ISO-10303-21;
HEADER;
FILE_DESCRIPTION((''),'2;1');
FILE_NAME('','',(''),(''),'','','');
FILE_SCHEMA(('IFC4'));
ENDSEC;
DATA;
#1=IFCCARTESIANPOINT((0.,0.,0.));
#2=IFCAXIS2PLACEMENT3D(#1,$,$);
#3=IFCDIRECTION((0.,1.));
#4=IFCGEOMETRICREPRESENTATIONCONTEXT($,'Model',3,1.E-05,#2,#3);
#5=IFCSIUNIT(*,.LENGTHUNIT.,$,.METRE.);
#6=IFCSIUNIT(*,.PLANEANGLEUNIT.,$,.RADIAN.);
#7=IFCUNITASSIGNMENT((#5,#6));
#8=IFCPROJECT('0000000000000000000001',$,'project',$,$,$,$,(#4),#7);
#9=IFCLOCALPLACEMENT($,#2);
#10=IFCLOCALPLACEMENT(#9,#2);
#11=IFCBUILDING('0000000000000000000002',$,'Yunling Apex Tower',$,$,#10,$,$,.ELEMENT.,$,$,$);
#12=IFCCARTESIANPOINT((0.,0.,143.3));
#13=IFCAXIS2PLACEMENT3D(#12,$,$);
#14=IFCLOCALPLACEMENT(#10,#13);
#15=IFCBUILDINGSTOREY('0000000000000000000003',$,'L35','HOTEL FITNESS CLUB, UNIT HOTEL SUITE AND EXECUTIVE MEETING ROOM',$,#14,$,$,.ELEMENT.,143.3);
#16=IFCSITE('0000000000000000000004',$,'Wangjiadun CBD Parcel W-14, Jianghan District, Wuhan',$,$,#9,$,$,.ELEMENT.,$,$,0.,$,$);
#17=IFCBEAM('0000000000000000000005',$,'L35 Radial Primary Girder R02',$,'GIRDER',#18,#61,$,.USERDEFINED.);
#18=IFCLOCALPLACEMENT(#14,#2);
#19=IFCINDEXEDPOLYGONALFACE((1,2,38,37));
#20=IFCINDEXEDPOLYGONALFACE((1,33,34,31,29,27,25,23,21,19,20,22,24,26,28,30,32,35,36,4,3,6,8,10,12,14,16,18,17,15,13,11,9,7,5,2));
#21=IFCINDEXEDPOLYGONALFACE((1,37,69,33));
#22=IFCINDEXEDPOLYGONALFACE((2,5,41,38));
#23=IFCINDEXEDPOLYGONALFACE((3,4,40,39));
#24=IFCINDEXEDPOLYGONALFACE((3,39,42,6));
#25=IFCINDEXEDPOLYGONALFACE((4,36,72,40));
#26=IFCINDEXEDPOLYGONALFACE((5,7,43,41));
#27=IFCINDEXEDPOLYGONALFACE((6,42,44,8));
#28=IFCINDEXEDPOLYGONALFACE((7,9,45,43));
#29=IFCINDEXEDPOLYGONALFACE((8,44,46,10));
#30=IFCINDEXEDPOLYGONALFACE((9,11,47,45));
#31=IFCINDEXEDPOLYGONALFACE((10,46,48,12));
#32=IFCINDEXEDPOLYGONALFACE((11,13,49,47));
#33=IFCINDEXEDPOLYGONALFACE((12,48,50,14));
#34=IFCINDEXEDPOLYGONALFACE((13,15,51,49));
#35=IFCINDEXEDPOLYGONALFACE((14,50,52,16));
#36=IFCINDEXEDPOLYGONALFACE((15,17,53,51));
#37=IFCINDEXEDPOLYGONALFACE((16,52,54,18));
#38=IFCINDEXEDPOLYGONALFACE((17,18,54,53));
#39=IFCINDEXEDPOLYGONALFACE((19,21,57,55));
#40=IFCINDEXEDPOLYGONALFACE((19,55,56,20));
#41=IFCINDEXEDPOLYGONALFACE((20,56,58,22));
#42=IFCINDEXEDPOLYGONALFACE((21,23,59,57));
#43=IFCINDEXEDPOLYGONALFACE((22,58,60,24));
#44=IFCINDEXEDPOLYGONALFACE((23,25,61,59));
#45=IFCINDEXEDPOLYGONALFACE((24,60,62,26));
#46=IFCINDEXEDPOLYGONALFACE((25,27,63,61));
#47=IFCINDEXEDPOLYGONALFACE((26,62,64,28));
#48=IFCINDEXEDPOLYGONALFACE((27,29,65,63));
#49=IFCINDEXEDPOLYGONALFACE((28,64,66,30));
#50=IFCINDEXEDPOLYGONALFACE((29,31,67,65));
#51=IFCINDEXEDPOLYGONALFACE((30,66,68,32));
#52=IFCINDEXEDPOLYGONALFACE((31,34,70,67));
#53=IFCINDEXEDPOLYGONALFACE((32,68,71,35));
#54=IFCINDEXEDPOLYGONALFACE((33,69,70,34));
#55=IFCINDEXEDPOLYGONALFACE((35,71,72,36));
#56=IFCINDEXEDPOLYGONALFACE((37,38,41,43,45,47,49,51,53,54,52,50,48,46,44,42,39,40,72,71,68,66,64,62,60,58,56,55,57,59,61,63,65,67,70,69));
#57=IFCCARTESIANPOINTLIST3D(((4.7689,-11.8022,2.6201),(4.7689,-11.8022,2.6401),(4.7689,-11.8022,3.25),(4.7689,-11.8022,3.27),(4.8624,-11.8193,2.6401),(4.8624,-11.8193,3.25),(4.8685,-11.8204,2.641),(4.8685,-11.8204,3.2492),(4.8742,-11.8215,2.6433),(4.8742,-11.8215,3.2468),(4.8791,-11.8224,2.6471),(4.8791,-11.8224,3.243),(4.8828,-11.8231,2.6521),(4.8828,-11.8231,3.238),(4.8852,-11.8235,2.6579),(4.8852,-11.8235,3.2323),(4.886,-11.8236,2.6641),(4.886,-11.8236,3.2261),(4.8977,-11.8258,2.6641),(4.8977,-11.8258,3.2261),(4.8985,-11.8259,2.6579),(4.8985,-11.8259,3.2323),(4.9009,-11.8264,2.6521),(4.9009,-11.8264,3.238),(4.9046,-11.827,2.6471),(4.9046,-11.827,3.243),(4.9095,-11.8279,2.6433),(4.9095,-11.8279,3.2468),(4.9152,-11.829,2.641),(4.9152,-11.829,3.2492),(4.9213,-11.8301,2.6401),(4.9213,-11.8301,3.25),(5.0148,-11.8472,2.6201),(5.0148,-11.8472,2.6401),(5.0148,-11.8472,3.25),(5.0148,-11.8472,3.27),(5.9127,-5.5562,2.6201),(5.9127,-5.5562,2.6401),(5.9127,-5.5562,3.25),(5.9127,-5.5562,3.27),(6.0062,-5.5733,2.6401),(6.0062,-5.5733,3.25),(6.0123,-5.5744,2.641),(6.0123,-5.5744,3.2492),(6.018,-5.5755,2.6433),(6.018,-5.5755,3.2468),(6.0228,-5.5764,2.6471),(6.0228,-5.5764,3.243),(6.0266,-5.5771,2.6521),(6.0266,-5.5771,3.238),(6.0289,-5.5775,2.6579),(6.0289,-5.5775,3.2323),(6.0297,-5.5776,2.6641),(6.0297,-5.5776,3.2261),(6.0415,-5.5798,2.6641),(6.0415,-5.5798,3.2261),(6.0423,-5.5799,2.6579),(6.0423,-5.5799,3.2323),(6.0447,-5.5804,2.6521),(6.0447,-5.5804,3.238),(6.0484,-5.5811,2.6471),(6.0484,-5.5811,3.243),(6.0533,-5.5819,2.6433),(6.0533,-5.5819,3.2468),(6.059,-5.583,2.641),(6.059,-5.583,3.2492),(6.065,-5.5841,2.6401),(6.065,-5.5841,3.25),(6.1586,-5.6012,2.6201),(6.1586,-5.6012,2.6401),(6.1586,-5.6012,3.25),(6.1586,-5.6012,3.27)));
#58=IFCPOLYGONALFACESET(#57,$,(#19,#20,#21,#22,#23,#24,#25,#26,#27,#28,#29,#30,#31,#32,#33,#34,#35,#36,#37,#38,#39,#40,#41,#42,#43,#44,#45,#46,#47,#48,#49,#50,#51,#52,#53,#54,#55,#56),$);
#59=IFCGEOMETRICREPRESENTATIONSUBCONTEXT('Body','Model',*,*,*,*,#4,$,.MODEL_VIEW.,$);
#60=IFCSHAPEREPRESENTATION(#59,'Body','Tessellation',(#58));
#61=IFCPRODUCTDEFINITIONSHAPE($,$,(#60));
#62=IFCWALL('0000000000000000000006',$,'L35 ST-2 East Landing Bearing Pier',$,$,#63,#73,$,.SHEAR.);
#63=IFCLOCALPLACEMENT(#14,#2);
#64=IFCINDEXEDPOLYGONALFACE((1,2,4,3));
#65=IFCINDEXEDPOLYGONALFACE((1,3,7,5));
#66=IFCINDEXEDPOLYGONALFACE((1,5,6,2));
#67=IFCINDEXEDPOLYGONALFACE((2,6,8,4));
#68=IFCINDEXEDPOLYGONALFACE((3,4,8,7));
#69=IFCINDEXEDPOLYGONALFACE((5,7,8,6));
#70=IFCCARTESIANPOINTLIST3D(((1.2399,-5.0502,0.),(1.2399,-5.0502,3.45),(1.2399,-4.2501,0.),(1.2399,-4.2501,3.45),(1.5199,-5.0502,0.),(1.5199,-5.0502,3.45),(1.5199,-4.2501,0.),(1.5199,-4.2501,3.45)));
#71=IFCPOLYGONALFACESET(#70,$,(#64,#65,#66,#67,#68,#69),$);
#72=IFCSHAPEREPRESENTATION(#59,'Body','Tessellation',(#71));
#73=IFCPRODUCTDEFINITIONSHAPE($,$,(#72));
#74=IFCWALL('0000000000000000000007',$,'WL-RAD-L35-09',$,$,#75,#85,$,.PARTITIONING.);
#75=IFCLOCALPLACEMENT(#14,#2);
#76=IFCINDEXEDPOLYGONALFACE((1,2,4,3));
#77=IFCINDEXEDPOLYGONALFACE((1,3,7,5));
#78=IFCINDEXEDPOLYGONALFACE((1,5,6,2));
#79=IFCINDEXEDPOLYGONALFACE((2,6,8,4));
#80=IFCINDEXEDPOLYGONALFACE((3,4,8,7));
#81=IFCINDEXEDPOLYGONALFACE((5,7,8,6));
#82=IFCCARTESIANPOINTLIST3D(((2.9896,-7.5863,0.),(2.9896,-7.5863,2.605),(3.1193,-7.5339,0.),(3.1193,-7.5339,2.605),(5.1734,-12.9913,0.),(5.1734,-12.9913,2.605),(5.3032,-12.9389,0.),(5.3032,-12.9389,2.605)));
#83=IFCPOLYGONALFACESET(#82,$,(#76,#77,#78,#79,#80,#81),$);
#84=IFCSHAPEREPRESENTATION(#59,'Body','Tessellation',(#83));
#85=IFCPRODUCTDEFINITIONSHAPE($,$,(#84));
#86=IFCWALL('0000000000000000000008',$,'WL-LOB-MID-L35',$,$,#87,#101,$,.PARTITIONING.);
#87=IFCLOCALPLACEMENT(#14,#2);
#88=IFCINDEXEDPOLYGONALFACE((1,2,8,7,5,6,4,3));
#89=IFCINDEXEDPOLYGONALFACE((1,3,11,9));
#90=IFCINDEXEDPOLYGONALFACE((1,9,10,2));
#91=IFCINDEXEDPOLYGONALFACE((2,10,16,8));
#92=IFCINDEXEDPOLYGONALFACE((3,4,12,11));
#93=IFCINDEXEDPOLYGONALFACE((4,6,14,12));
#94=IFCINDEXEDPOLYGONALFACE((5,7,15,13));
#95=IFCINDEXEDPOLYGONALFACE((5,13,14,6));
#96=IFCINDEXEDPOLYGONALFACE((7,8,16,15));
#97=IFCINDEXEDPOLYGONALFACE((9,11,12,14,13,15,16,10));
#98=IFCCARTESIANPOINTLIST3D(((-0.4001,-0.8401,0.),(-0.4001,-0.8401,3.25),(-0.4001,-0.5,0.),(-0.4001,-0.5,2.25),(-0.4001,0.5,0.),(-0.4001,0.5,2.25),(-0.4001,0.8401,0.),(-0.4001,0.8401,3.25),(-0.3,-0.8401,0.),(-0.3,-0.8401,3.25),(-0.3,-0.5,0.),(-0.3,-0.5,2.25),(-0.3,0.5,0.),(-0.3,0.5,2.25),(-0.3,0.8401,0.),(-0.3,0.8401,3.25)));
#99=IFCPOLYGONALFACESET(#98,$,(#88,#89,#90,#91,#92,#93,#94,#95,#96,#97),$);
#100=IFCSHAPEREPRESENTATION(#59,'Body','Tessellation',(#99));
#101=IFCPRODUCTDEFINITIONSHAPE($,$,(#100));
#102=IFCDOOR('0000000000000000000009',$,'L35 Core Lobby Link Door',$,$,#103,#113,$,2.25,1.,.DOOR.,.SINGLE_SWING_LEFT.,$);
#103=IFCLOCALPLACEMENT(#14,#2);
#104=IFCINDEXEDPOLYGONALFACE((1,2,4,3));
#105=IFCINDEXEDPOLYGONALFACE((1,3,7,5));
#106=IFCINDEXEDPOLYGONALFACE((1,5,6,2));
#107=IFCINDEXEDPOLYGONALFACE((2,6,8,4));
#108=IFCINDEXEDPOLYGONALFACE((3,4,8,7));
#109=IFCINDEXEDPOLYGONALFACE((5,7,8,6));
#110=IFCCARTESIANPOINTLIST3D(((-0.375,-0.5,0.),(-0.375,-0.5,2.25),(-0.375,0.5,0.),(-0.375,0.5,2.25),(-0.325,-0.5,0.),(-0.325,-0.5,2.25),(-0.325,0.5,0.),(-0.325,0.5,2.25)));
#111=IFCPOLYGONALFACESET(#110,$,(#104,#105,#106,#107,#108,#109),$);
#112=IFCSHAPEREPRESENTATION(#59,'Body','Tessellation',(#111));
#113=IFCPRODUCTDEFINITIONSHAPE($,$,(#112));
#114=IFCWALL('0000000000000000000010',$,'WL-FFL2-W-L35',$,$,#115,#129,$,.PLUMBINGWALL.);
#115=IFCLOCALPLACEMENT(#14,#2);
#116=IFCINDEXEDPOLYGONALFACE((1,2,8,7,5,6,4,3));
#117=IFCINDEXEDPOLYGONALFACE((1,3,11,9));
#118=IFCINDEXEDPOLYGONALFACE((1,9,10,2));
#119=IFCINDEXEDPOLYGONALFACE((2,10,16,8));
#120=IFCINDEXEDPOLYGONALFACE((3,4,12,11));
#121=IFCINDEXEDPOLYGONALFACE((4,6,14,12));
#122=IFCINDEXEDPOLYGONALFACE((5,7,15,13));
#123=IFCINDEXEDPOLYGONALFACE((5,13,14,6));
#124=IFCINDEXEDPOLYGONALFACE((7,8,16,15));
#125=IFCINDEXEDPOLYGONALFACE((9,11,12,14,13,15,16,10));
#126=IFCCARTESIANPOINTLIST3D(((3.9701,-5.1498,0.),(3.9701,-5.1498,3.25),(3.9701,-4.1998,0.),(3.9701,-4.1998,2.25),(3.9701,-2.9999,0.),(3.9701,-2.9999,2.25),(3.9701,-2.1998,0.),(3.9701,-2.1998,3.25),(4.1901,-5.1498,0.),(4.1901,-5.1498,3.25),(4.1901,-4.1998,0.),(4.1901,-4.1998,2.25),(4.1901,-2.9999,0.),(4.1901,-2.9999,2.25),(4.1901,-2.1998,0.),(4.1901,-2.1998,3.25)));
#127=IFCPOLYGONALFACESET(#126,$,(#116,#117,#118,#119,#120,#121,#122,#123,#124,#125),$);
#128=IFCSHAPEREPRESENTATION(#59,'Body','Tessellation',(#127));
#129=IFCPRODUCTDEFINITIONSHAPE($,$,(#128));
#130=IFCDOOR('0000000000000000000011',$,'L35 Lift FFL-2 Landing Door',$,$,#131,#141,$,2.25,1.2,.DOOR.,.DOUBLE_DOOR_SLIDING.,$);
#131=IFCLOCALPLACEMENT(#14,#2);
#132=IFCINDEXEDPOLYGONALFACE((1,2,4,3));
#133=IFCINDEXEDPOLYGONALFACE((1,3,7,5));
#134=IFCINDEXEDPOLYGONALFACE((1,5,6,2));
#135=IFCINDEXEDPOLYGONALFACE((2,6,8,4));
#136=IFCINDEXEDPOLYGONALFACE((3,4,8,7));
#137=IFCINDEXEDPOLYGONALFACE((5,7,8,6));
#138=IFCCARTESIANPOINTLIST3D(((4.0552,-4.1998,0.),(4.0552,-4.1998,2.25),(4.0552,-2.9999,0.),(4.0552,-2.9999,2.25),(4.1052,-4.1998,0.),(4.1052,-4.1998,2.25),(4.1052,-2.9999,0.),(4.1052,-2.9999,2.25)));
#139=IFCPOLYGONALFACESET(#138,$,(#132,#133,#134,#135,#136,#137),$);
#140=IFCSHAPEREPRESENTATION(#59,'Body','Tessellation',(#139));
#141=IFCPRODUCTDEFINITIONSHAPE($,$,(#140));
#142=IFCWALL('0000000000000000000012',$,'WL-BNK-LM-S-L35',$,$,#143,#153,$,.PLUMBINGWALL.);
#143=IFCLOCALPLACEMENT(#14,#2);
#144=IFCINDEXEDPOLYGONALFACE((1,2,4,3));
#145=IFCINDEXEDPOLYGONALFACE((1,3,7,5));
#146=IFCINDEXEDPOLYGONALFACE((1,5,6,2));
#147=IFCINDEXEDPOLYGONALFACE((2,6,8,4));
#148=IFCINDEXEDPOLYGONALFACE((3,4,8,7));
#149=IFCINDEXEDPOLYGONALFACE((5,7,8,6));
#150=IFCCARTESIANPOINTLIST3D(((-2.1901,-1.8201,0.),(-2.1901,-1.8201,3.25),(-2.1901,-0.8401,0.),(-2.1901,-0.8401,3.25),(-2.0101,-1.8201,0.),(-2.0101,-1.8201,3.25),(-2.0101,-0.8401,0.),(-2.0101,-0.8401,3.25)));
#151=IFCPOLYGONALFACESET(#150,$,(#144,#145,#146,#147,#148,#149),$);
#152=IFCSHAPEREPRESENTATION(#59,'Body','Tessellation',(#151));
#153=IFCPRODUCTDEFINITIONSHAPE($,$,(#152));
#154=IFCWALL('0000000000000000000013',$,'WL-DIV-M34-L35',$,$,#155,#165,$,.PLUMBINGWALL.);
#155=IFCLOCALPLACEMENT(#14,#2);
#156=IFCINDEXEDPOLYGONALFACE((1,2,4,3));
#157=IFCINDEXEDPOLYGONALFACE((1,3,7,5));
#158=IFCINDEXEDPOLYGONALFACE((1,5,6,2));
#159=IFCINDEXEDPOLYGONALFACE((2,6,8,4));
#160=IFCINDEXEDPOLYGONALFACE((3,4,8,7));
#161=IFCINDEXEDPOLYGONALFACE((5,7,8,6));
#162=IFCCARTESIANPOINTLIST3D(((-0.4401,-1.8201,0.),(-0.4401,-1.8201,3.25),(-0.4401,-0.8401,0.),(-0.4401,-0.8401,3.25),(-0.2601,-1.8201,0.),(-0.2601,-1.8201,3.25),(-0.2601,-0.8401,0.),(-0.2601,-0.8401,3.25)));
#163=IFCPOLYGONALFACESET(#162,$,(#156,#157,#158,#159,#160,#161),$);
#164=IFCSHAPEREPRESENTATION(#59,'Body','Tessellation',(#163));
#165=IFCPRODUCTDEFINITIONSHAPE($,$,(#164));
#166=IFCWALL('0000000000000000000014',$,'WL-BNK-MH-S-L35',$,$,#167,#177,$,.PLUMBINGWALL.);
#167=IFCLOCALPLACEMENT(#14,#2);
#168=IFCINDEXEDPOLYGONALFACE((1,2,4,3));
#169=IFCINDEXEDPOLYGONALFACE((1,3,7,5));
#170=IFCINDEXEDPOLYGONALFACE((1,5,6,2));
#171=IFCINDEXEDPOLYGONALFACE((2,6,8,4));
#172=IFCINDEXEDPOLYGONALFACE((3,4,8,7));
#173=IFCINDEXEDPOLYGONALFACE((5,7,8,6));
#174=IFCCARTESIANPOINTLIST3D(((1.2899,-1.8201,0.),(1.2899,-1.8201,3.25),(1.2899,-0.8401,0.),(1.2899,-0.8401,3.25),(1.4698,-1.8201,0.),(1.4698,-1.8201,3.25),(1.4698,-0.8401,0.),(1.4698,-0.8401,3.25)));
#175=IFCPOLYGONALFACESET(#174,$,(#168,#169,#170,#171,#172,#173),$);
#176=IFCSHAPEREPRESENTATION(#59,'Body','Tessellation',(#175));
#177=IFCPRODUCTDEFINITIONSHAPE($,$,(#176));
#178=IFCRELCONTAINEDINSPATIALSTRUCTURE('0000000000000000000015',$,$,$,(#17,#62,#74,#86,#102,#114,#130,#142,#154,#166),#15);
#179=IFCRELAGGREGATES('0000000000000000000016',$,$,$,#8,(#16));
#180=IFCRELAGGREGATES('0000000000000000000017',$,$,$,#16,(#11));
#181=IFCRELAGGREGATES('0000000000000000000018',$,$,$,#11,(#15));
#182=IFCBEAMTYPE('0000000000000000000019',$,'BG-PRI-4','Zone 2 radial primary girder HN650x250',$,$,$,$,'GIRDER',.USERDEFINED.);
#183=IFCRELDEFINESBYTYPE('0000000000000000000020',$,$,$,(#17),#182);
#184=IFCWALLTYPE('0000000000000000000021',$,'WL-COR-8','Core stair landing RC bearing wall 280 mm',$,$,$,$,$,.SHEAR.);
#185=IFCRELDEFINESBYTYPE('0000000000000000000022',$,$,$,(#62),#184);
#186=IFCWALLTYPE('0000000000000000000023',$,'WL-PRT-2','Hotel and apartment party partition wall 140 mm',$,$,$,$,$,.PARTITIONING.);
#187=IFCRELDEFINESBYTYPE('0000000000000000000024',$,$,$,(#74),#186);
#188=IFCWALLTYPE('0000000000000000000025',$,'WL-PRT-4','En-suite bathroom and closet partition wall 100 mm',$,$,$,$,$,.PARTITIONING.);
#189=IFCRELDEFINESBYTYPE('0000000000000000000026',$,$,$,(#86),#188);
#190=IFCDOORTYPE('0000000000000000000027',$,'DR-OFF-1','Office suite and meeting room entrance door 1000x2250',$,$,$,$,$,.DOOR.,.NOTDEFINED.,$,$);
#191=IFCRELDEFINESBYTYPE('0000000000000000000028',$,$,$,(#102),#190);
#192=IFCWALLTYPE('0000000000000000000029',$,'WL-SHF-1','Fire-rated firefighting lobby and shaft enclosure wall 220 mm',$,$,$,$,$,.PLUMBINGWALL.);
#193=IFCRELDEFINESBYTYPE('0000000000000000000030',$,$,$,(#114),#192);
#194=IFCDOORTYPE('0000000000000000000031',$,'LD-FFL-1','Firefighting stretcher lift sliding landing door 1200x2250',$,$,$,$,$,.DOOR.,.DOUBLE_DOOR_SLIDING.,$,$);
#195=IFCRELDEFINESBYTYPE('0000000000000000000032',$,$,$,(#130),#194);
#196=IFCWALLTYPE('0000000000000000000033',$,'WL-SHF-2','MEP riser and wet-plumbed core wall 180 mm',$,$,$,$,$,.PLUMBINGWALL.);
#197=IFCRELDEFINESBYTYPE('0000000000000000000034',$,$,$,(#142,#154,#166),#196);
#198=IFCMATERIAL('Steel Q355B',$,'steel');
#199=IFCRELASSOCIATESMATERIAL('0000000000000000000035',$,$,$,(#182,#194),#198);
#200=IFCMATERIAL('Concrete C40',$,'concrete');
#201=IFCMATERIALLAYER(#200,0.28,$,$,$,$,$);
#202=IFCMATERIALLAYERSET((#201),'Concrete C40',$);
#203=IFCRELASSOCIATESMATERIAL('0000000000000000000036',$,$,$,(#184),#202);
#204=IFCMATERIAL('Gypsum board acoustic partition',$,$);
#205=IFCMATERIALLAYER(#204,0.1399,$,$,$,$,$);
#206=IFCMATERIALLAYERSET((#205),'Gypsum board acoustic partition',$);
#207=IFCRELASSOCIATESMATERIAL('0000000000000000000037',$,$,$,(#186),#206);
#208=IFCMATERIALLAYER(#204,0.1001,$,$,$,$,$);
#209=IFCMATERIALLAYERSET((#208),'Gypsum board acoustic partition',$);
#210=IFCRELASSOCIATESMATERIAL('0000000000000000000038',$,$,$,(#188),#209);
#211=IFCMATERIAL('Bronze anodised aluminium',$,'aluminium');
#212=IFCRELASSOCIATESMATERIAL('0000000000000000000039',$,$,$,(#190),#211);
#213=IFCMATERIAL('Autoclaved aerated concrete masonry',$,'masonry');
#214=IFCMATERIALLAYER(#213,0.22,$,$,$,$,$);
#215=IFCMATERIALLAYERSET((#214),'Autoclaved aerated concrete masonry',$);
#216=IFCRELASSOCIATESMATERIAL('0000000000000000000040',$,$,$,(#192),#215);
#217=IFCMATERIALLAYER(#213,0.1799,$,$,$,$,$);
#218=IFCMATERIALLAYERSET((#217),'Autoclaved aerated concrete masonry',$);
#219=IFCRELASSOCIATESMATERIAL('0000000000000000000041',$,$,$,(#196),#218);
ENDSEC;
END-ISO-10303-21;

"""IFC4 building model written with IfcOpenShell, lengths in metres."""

from ifc_helpers import new_model, si_unit, direction, frame, frame_2d, origin, origin_2d, place, context, subcontext, project, spatial, rectangle, i_section, extrude, source, transform, mapped, material, layer, layer_set, material_profile, profile_set, type_object, element, fill, save


model = new_model("IFC4")

# Units and contexts
model_context = context("Model", 3, precision=1e-05, world=origin(), true_north=direction((0.0, 1.0)))
body_context = subcontext(model_context, "Body", "Model", "MODEL_VIEW")
ifc_project = project(units=[si_unit("LENGTHUNIT", "METRE"), si_unit("PLANEANGLEUNIT", "RADIAN")], contexts=[model_context])

# Site, building, storey
site_placement = place(None, origin())
site = spatial("IfcSite", under=ifc_project, at=site_placement, Name="Wangjiadun CBD Parcel W-14, Jianghan District, Wuhan", CompositionType="ELEMENT", RefElevation=0.0)
building_placement = place(site_placement, origin())
building = spatial("IfcBuilding", under=site, at=building_placement, Name="Yunling Apex Tower", CompositionType="ELEMENT")
storey_placement = place(building_placement, frame((0.0, 0.0, 143.3)))
storey = spatial("IfcBuildingStorey", under=building, at=storey_placement, Name="L35", Description="HOTEL FITNESS CLUB, UNIT HOTEL SUITE AND EXECUTIVE MEETING ROOM", CompositionType="ELEMENT", Elevation=143.3)

# Beam
ifc_material_1 = material(Name="Steel Q355B", Category="steel")
ifc_material_profile = material_profile(ifc_material_1, i_section(OverallWidth=0.25, OverallDepth=0.6499, WebThickness=0.012, FlangeThickness=0.02, FilletRadius=0.0239, at=origin_2d()))
ifc_profile_set = profile_set([ifc_material_profile], Name="Steel Q355B")
beam_type = type_object("IfcBeamType", Name="BG-PRI-4", Description="Zone 2 radial primary girder HN650x250", ElementType="GIRDER", PredefinedType="USERDEFINED", material=ifc_profile_set)
shared_shape = source(origin(), body_context, "Body", "SweptSolid", [
    extrude(i_section(OverallWidth=0.25, OverallDepth=0.6499, WebThickness=0.012, FlangeThickness=0.02, FilletRadius=0.0239, at=origin_2d()), origin(), (0.0, 0.0, 1.0), 6.3499),
])
beam_placement = place(storey_placement, frame((4.8918, -11.8247, 2.9451), z_axis=(0.180127, 0.983643, 0.0), x_axis=(-0.983643, 0.180127, 0.0)))
element("IfcBeam", 1, at=beam_placement, inside=storey, type_object=beam_type, Name="L35 Radial Primary Girder R02", ObjectType="GIRDER", PredefinedType="USERDEFINED", context=body_context, shape_type="MappedRepresentation", body=[
    mapped(shared_shape, transform((0.0, 0.0, 0.0), scale=1.0)),
])

# Walls
ifc_material_2 = material(Name="Concrete C40", Category="concrete")
ifc_layer_1 = layer(ifc_material_2, 0.28)
ifc_layer_set_1 = layer_set([ifc_layer_1], Name="Concrete C40")
wall_type_1 = type_object("IfcWallType", Name="WL-COR-8", Description="Core stair landing RC bearing wall 280 mm", PredefinedType="SHEAR", material=ifc_layer_set_1)
wall_1_placement = place(storey_placement, frame((1.3799, -5.05, 0.0), z_axis=(0.0, 0.0, 1.0), x_axis=(0.0, 1.0, 0.0)))
element("IfcWall", 2, at=wall_1_placement, inside=storey, type_object=wall_type_1, Name="L35 ST-2 East Landing Bearing Pier", PredefinedType="SHEAR", context=body_context, shape_type="SweptSolid", body=[
    extrude(rectangle(XDim=0.8, YDim=0.28, at=frame_2d((0.3999, 0.0))), origin(), (0.0, 0.0, 1.0), 3.45),
])
ifc_material_3 = material(Name="Gypsum board acoustic partition")
ifc_layer_2 = layer(ifc_material_3, 0.1399)
ifc_layer_set_2 = layer_set([ifc_layer_2], Name="Gypsum board acoustic partition")
wall_type_2 = type_object("IfcWallType", Name="WL-PRT-2", Description="Hotel and apartment party partition wall 140 mm", PredefinedType="PARTITIONING", material=ifc_layer_set_2)
wall_2_placement = place(storey_placement, frame((3.0544, -7.5601, 0.0), z_axis=(0.0, 0.0, 1.0), x_axis=(0.374616, -0.92718, 0.0)))
element("IfcWall", 3, at=wall_2_placement, inside=storey, type_object=wall_type_2, Name="WL-RAD-L35-09", PredefinedType="PARTITIONING", context=body_context, shape_type="SweptSolid", body=[
    extrude(rectangle(XDim=5.8296, YDim=0.1399, at=frame_2d((2.9148, 0.0))), origin(), (0.0, 0.0, 1.0), 2.605),
])

# Walls, openings, doors
ifc_layer_3 = layer(ifc_material_3, 0.1001)
ifc_layer_set_3 = layer_set([ifc_layer_3], Name="Gypsum board acoustic partition")
wall_type_3 = type_object("IfcWallType", Name="WL-PRT-4", Description="En-suite bathroom and closet partition wall 100 mm", PredefinedType="PARTITIONING", material=ifc_layer_set_3)
wall_3_placement = place(storey_placement, frame((-0.3501, -0.8401, 0.0), z_axis=(0.0, 0.0, 1.0), x_axis=(0.0, 1.0, 0.0)))
wall_3 = element("IfcWall", 4, at=wall_3_placement, inside=storey, type_object=wall_type_3, Name="WL-LOB-MID-L35", PredefinedType="PARTITIONING", context=body_context, shape_type="SweptSolid", body=[
    extrude(rectangle(XDim=1.6802, YDim=0.1001, at=frame_2d((0.8401, 0.0))), origin(), (0.0, 0.0, 1.0), 3.25),
])
opening_1_placement = place(wall_3_placement, frame((0.3401, 0.0, 0.0)))
opening_1 = element("IfcOpeningElement", 5, at=opening_1_placement, cuts=wall_3, PredefinedType="OPENING", context=body_context, shape_type="SweptSolid", body=[
    extrude(rectangle(XDim=1.0, YDim=2.25, at=frame_2d((0.5, 1.125))), frame((0.0, 0.0601, 0.0), z_axis=(0.0, -1.0, 0.0), x_axis=(1.0, 0.0, 0.0)), (0.0, 0.0, 1.0), 0.1201),
])
ifc_material_4 = material(Name="Bronze anodised aluminium", Category="aluminium")
door_type_1 = type_object("IfcDoorType", Name="DR-OFF-1", Description="Office suite and meeting room entrance door 1000x2250", OperationType="NOTDEFINED", PredefinedType="DOOR", material=ifc_material_4)
door_1_placement = place(opening_1_placement, origin())
door_1 = element("IfcDoor", 6, at=door_1_placement, inside=storey, type_object=door_type_1, Name="L35 Core Lobby Link Door", OperationType="SINGLE_SWING_LEFT", OverallHeight=2.25, OverallWidth=1.0, PredefinedType="DOOR", context=body_context, shape_type="SweptSolid", body=[
    extrude(rectangle(XDim=1.0, YDim=2.25, at=frame_2d((0.5, 1.125))), frame((0.0, 0.0249, 0.0), z_axis=(0.0, -1.0, 0.0), x_axis=(1.0, 0.0, 0.0)), (0.0, 0.0, 1.0), 0.05),
])
fill(opening_1, door_1)
ifc_material_5 = material(Name="Autoclaved aerated concrete masonry", Category="masonry")
ifc_layer_4 = layer(ifc_material_5, 0.22)
ifc_layer_set_4 = layer_set([ifc_layer_4], Name="Autoclaved aerated concrete masonry")
wall_type_4 = type_object("IfcWallType", Name="WL-SHF-1", Description="Fire-rated firefighting lobby and shaft enclosure wall 220 mm", PredefinedType="PLUMBINGWALL", material=ifc_layer_set_4)
wall_4_placement = place(storey_placement, frame((4.0801, -5.1499, 0.0), z_axis=(0.0, 0.0, 1.0), x_axis=(0.0, 1.0, 0.0)))
wall_4 = element("IfcWall", 7, at=wall_4_placement, inside=storey, type_object=wall_type_4, Name="WL-FFL2-W-L35", PredefinedType="PLUMBINGWALL", context=body_context, shape_type="SweptSolid", body=[
    extrude(rectangle(XDim=2.95, YDim=0.22, at=frame_2d((1.4751, 0.0))), origin(), (0.0, 0.0, 1.0), 3.25),
])
opening_2_placement = place(wall_4_placement, frame((0.95, 0.0, 0.0)))
opening_2 = element("IfcOpeningElement", 8, at=opening_2_placement, cuts=wall_4, PredefinedType="OPENING", context=body_context, shape_type="SweptSolid", body=[
    extrude(rectangle(XDim=1.2, YDim=2.25, at=frame_2d((0.6001, 1.125))), frame((0.0, 0.1201, 0.0), z_axis=(0.0, -1.0, 0.0), x_axis=(1.0, 0.0, 0.0)), (0.0, 0.0, 1.0), 0.24),
])
door_type_2 = type_object("IfcDoorType", Name="LD-FFL-1", Description="Firefighting stretcher lift sliding landing door 1200x2250", OperationType="DOUBLE_DOOR_SLIDING", PredefinedType="DOOR", material=ifc_material_1)
door_2_placement = place(opening_2_placement, origin())
door_2 = element("IfcDoor", 9, at=door_2_placement, inside=storey, type_object=door_type_2, Name="L35 Lift FFL-2 Landing Door", OperationType="DOUBLE_DOOR_SLIDING", OverallHeight=2.25, OverallWidth=1.2, PredefinedType="DOOR", context=body_context, shape_type="SweptSolid", body=[
    extrude(rectangle(XDim=1.2, YDim=2.25, at=frame_2d((0.6001, 1.125))), frame((0.0, 0.0249, 0.0), z_axis=(0.0, -1.0, 0.0), x_axis=(1.0, 0.0, 0.0)), (0.0, 0.0, 1.0), 0.05),
])
fill(opening_2, door_2)

# Walls
ifc_layer_5 = layer(ifc_material_5, 0.1799)
ifc_layer_set_5 = layer_set([ifc_layer_5], Name="Autoclaved aerated concrete masonry")
wall_type_5 = type_object("IfcWallType", Name="WL-SHF-2", Description="MEP riser and wet-plumbed core wall 180 mm", PredefinedType="PLUMBINGWALL", material=ifc_layer_set_5)
for number, where, z_axis, x_axis, name in (
    (10, (-2.1001, -1.8201, 0.0), (0.0, 0.0, 1.0), (0.0, 1.0, 0.0), "WL-BNK-LM-S-L35"),
    (11, (-0.3501, -1.8201, 0.0), (0.0, 0.0, 1.0), (0.0, 1.0, 0.0), "WL-DIV-M34-L35"),
    (12, (1.3799, -1.8201, 0.0), (0.0, 0.0, 1.0), (0.0, 1.0, 0.0), "WL-BNK-MH-S-L35"),
):
    element("IfcWall", number, at=place(storey_placement, frame(where, z_axis=z_axis, x_axis=x_axis)), inside=storey, type_object=wall_type_5, Name=name, PredefinedType="PLUMBINGWALL", context=body_context, shape_type="SweptSolid", body=[
        extrude(rectangle(XDim=0.98, YDim=0.1799, at=frame_2d((0.49, 0.0))), origin(), (0.0, 0.0, 1.0), 3.25),
    ])

save(model, "model.ifc")
